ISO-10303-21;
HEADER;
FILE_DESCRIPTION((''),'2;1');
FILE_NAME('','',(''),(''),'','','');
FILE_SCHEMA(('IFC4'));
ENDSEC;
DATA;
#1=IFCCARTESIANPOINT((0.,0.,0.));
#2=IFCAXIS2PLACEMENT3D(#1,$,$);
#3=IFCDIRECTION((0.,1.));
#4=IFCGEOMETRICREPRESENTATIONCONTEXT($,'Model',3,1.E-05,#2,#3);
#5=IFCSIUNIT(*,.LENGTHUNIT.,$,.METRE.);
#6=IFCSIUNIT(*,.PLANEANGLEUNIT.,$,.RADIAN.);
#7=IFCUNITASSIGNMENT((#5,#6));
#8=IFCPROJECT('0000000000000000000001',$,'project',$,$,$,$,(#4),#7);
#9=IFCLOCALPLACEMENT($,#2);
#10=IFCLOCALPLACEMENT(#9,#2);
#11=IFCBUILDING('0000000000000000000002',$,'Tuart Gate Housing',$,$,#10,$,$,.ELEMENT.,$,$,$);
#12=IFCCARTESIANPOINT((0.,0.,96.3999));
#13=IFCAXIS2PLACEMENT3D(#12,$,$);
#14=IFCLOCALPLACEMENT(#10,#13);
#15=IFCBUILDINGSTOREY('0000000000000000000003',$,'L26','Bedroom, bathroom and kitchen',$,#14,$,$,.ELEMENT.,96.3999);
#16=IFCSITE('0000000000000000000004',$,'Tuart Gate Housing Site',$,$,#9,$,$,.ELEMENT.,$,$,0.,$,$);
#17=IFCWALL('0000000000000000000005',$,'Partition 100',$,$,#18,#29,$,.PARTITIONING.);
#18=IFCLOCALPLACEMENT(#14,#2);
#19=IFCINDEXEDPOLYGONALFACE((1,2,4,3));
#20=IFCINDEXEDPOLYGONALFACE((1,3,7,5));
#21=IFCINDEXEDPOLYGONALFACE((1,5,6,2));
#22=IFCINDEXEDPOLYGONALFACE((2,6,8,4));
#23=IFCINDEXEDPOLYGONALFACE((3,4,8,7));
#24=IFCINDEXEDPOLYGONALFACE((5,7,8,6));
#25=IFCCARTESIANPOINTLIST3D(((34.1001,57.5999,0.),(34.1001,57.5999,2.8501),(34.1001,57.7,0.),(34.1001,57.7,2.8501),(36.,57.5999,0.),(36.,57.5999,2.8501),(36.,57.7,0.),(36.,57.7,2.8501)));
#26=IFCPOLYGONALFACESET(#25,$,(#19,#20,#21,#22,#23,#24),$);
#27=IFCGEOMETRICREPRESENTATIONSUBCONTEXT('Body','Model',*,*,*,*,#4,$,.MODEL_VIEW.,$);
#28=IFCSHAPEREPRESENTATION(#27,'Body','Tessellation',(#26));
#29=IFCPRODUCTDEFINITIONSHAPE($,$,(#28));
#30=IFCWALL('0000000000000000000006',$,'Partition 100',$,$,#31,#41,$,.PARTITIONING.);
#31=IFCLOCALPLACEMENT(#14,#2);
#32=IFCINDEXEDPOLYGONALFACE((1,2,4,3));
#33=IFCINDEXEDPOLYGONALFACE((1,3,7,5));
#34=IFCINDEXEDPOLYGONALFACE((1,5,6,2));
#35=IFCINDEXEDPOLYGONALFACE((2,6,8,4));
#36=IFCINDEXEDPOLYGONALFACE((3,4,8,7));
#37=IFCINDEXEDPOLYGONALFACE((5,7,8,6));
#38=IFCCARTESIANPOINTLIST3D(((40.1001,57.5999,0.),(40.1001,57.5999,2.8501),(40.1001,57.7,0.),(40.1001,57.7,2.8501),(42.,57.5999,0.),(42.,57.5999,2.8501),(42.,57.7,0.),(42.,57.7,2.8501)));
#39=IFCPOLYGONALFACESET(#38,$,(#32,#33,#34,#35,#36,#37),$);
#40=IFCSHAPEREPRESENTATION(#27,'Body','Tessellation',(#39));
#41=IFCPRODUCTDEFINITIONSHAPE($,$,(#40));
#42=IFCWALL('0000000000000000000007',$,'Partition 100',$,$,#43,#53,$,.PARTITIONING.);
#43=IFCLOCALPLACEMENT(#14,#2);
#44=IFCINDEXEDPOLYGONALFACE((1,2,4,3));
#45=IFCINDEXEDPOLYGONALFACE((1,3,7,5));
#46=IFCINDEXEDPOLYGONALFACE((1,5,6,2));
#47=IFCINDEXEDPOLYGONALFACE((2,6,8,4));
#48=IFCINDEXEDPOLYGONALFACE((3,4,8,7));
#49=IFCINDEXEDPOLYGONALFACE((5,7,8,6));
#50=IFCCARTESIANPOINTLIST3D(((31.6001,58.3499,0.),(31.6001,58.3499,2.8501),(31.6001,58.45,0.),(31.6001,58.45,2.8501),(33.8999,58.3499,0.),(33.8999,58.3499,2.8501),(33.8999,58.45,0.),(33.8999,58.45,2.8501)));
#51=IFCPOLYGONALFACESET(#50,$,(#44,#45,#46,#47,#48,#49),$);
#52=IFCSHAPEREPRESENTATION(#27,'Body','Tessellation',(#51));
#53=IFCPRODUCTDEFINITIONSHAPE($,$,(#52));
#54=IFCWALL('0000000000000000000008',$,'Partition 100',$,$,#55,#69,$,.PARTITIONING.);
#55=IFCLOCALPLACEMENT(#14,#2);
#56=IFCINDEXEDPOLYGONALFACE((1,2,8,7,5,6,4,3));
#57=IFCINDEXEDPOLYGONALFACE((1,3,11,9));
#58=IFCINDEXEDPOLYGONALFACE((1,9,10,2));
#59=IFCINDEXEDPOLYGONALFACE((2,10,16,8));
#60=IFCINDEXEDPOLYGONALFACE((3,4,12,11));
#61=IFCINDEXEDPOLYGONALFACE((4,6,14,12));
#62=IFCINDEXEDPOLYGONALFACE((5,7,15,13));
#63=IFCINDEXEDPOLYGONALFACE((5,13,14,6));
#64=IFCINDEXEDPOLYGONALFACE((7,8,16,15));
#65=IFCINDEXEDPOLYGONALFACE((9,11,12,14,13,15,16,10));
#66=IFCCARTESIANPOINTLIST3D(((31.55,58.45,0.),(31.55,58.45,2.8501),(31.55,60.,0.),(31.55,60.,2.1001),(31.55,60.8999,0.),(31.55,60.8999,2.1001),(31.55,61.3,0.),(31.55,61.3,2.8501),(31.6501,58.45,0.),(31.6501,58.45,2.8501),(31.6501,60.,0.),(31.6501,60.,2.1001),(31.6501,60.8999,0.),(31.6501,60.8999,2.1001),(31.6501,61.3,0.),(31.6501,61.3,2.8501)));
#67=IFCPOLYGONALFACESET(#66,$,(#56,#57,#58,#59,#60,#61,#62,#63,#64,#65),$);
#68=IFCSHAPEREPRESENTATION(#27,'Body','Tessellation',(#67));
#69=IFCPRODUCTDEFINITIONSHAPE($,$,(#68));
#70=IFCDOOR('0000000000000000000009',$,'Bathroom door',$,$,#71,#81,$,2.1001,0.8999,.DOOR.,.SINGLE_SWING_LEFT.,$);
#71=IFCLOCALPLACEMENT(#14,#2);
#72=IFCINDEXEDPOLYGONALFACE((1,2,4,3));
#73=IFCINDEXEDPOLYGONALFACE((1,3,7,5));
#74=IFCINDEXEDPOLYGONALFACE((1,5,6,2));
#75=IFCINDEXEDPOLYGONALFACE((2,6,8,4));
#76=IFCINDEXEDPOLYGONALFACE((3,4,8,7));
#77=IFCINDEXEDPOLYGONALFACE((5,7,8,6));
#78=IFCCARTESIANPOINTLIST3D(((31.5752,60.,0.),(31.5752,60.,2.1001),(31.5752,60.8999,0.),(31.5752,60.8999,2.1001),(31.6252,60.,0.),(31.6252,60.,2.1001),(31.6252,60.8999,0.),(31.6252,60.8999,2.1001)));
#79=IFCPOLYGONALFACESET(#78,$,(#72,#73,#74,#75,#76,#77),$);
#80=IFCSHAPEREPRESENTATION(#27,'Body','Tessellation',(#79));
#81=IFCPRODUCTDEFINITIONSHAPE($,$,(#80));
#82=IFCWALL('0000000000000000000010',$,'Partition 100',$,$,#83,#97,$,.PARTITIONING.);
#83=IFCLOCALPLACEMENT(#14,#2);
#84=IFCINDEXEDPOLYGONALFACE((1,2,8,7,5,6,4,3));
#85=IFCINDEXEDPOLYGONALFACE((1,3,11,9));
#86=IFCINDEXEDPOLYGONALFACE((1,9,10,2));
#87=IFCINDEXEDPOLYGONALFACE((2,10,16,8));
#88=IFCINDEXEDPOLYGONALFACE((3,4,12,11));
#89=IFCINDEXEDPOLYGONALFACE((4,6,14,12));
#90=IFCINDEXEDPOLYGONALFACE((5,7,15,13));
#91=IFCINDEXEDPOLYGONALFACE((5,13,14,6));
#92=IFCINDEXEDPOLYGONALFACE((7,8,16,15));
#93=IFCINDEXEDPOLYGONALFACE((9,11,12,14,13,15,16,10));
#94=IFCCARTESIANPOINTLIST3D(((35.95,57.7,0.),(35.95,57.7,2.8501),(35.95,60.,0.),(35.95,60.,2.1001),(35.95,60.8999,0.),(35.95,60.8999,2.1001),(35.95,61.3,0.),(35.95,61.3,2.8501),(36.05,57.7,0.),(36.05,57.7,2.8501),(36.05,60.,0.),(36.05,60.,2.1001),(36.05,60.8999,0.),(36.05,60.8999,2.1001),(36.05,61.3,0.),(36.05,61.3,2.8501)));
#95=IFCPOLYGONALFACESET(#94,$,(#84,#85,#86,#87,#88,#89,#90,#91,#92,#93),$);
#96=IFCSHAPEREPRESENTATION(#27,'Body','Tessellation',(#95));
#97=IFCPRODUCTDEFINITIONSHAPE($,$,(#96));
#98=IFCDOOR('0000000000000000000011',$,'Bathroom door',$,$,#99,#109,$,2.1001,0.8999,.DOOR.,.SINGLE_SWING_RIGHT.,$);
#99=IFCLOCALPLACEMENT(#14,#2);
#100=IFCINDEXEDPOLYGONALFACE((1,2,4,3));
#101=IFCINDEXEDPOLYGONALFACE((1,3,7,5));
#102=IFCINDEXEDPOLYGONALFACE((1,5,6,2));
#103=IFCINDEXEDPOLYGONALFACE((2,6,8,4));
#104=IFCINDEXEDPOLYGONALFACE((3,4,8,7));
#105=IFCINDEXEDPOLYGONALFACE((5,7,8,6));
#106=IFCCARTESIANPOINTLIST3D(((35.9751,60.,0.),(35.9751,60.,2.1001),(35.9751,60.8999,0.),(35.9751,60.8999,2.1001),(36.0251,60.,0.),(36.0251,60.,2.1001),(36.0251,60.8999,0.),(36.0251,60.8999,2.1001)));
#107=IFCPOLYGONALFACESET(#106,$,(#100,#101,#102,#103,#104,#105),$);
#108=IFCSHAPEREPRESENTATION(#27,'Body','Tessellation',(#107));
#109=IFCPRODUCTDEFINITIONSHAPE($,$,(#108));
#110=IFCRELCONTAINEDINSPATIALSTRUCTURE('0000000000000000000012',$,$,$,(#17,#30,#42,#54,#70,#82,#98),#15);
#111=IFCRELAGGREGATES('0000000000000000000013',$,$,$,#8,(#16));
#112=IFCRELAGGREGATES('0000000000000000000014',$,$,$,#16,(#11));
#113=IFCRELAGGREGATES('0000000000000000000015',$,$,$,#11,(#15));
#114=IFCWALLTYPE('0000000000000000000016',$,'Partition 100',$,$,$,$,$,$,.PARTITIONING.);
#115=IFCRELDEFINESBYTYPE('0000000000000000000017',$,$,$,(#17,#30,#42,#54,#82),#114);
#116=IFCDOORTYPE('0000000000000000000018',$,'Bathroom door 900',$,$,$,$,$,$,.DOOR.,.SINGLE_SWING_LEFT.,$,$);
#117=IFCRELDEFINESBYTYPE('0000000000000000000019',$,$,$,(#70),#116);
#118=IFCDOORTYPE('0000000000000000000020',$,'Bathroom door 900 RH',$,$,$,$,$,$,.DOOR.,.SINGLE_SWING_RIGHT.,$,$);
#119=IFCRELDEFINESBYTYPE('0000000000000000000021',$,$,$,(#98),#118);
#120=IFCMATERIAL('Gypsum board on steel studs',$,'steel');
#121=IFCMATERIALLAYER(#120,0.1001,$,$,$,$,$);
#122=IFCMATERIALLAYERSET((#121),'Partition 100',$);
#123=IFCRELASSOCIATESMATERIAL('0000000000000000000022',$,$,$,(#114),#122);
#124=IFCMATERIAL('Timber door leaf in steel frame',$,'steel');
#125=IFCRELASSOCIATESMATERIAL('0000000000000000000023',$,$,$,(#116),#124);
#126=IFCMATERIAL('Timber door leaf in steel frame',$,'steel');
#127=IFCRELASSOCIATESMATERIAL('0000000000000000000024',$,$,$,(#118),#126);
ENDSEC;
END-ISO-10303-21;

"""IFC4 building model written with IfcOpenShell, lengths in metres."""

from ifc_helpers import new_model, si_unit, direction, frame, frame_2d, origin, place, context, subcontext, project, spatial, rectangle, extrude, material, layer, layer_set, type_object, element, fill, save


model = new_model("IFC4")

# Units and contexts
model_context = context("Model", 3, precision=1e-05, world=origin(), true_north=direction((0.0, 1.0)))
body_context = subcontext(model_context, "Body", "Model", "MODEL_VIEW")
ifc_project = project(units=[si_unit("LENGTHUNIT", "METRE"), si_unit("PLANEANGLEUNIT", "RADIAN")], contexts=[model_context])

# Site, building, storey
site_placement = place(None, origin())
site = spatial("IfcSite", under=ifc_project, at=site_placement, Name="Tuart Gate Housing Site", CompositionType="ELEMENT", RefElevation=0.0)
building_placement = place(site_placement, origin())
building = spatial("IfcBuilding", under=site, at=building_placement, Name="Tuart Gate Housing", CompositionType="ELEMENT")
storey_placement = place(building_placement, frame((0.0, 0.0, 96.3999)))
storey = spatial("IfcBuildingStorey", under=building, at=storey_placement, Name="L26", Description="Bedroom, bathroom and kitchen", CompositionType="ELEMENT", Elevation=96.3999)

# Walls
ifc_material_1 = material(Name="Gypsum board on steel studs", Category="steel")
ifc_layer_1 = layer(ifc_material_1, 0.1001)
ifc_layer_set_1 = layer_set([ifc_layer_1], Name="Partition 100")
wall_type_1 = type_object("IfcWallType", Name="Partition 100", PredefinedType="PARTITIONING", material=ifc_layer_set_1)
for number, where, z_axis, x_axis, name in (
    (1, (34.1001, 57.6499, 0.0), (0.0, 0.0, 1.0), (1.0, 0.0, 0.0), "Partition 100"),
    (2, (40.1001, 57.6499, 0.0), (0.0, 0.0, 1.0), (1.0, 0.0, 0.0), "Partition 100"),
):
    element("IfcWall", number, at=place(storey_placement, frame(where, z_axis=z_axis, x_axis=x_axis)), inside=storey, type_object=wall_type_1, Name=name, PredefinedType="PARTITIONING", context=body_context, shape_type="SweptSolid", body=[
        extrude(rectangle(XDim=1.8999, YDim=0.1001, at=frame_2d((0.95, 0.0))), origin(), (0.0, 0.0, 1.0), 2.8501),
    ])
wall_1_placement = place(storey_placement, frame((31.6001, 58.3999, 0.0), z_axis=(0.0, 0.0, 1.0), x_axis=(1.0, 0.0, 0.0)))
element("IfcWall", 3, at=wall_1_placement, inside=storey, type_object=wall_type_1, Name="Partition 100", PredefinedType="PARTITIONING", context=body_context, shape_type="SweptSolid", body=[
    extrude(rectangle(XDim=2.2998, YDim=0.1001, at=frame_2d((1.1499, 0.0))), origin(), (0.0, 0.0, 1.0), 2.8501),
])

# Walls, openings, doors
wall_2_placement = place(storey_placement, frame((31.6001, 58.45, 0.0), z_axis=(0.0, 0.0, 1.0), x_axis=(0.0, 1.0, 0.0)))
wall_2 = element("IfcWall", 4, at=wall_2_placement, inside=storey, type_object=wall_type_1, Name="Partition 100", PredefinedType="PARTITIONING", context=body_context, shape_type="SweptSolid", body=[
    extrude(rectangle(XDim=2.8501, YDim=0.1001, at=frame_2d((1.425, 0.0))), origin(), (0.0, 0.0, 1.0), 2.8501),
])
opening_1_placement = place(wall_2_placement, frame((1.55, 0.0, 0.0)))
opening_1 = element("IfcOpeningElement", 5, at=opening_1_placement, cuts=wall_2, PredefinedType="OPENING", context=body_context, shape_type="SweptSolid", body=[
    extrude(rectangle(XDim=0.8999, YDim=2.1001, at=frame_2d((0.45, 1.05))), frame((0.0, 0.0601, 0.0), z_axis=(0.0, -1.0, 0.0), x_axis=(1.0, 0.0, 0.0)), (0.0, 0.0, 1.0), 0.1201),
])
ifc_material_2 = material(Name="Timber door leaf in steel frame", Category="steel")
door_type_1 = type_object("IfcDoorType", Name="Bathroom door 900", OperationType="SINGLE_SWING_LEFT", PredefinedType="DOOR", material=ifc_material_2)
door_1_placement = place(opening_1_placement, frame((0.8999, 0.0, 0.0), z_axis=(0.0, 0.0, 1.0), x_axis=(-1.0, 0.0, 0.0)))
door_1 = element("IfcDoor", 6, at=door_1_placement, inside=storey, type_object=door_type_1, Name="Bathroom door", OperationType="SINGLE_SWING_LEFT", OverallHeight=2.1001, OverallWidth=0.8999, PredefinedType="DOOR", context=body_context, shape_type="SweptSolid", body=[
    extrude(rectangle(XDim=0.8999, YDim=2.1001, at=frame_2d((0.45, 1.05))), frame((0.0, 0.0251, 0.0), z_axis=(0.0, -1.0, 0.0), x_axis=(1.0, 0.0, 0.0)), (0.0, 0.0, 1.0), 0.05),
])
fill(opening_1, door_1)
wall_3_placement = place(storey_placement, frame((36.0, 57.7, 0.0), z_axis=(0.0, 0.0, 1.0), x_axis=(0.0, 1.0, 0.0)))
wall_3 = element("IfcWall", 7, at=wall_3_placement, inside=storey, type_object=wall_type_1, Name="Partition 100", PredefinedType="PARTITIONING", context=body_context, shape_type="SweptSolid", body=[
    extrude(rectangle(XDim=3.6001, YDim=0.1001, at=frame_2d((1.8, 0.0))), origin(), (0.0, 0.0, 1.0), 2.8501),
])
opening_2_placement = place(wall_3_placement, frame((2.3, 0.0, 0.0)))
opening_2 = element("IfcOpeningElement", 8, at=opening_2_placement, cuts=wall_3, PredefinedType="OPENING", context=body_context, shape_type="SweptSolid", body=[
    extrude(rectangle(XDim=0.8999, YDim=2.1001, at=frame_2d((0.45, 1.05))), frame((0.0, 0.0601, 0.0), z_axis=(0.0, -1.0, 0.0), x_axis=(1.0, 0.0, 0.0)), (0.0, 0.0, 1.0), 0.1201),
])
ifc_material_3 = material(Name="Timber door leaf in steel frame", Category="steel")
door_type_2 = type_object("IfcDoorType", Name="Bathroom door 900 RH", OperationType="SINGLE_SWING_RIGHT", PredefinedType="DOOR", material=ifc_material_3)
door_2_placement = place(opening_2_placement, origin())
door_2 = element("IfcDoor", 9, at=door_2_placement, inside=storey, type_object=door_type_2, Name="Bathroom door", OperationType="SINGLE_SWING_RIGHT", OverallHeight=2.1001, OverallWidth=0.8999, PredefinedType="DOOR", context=body_context, shape_type="SweptSolid", body=[
    extrude(rectangle(XDim=0.8999, YDim=2.1001, at=frame_2d((0.45, 1.05))), frame((0.0, 0.0249, 0.0), z_axis=(0.0, -1.0, 0.0), x_axis=(1.0, 0.0, 0.0)), (0.0, 0.0, 1.0), 0.05),
])
fill(opening_2, door_2)

save(model, "model.ifc")
